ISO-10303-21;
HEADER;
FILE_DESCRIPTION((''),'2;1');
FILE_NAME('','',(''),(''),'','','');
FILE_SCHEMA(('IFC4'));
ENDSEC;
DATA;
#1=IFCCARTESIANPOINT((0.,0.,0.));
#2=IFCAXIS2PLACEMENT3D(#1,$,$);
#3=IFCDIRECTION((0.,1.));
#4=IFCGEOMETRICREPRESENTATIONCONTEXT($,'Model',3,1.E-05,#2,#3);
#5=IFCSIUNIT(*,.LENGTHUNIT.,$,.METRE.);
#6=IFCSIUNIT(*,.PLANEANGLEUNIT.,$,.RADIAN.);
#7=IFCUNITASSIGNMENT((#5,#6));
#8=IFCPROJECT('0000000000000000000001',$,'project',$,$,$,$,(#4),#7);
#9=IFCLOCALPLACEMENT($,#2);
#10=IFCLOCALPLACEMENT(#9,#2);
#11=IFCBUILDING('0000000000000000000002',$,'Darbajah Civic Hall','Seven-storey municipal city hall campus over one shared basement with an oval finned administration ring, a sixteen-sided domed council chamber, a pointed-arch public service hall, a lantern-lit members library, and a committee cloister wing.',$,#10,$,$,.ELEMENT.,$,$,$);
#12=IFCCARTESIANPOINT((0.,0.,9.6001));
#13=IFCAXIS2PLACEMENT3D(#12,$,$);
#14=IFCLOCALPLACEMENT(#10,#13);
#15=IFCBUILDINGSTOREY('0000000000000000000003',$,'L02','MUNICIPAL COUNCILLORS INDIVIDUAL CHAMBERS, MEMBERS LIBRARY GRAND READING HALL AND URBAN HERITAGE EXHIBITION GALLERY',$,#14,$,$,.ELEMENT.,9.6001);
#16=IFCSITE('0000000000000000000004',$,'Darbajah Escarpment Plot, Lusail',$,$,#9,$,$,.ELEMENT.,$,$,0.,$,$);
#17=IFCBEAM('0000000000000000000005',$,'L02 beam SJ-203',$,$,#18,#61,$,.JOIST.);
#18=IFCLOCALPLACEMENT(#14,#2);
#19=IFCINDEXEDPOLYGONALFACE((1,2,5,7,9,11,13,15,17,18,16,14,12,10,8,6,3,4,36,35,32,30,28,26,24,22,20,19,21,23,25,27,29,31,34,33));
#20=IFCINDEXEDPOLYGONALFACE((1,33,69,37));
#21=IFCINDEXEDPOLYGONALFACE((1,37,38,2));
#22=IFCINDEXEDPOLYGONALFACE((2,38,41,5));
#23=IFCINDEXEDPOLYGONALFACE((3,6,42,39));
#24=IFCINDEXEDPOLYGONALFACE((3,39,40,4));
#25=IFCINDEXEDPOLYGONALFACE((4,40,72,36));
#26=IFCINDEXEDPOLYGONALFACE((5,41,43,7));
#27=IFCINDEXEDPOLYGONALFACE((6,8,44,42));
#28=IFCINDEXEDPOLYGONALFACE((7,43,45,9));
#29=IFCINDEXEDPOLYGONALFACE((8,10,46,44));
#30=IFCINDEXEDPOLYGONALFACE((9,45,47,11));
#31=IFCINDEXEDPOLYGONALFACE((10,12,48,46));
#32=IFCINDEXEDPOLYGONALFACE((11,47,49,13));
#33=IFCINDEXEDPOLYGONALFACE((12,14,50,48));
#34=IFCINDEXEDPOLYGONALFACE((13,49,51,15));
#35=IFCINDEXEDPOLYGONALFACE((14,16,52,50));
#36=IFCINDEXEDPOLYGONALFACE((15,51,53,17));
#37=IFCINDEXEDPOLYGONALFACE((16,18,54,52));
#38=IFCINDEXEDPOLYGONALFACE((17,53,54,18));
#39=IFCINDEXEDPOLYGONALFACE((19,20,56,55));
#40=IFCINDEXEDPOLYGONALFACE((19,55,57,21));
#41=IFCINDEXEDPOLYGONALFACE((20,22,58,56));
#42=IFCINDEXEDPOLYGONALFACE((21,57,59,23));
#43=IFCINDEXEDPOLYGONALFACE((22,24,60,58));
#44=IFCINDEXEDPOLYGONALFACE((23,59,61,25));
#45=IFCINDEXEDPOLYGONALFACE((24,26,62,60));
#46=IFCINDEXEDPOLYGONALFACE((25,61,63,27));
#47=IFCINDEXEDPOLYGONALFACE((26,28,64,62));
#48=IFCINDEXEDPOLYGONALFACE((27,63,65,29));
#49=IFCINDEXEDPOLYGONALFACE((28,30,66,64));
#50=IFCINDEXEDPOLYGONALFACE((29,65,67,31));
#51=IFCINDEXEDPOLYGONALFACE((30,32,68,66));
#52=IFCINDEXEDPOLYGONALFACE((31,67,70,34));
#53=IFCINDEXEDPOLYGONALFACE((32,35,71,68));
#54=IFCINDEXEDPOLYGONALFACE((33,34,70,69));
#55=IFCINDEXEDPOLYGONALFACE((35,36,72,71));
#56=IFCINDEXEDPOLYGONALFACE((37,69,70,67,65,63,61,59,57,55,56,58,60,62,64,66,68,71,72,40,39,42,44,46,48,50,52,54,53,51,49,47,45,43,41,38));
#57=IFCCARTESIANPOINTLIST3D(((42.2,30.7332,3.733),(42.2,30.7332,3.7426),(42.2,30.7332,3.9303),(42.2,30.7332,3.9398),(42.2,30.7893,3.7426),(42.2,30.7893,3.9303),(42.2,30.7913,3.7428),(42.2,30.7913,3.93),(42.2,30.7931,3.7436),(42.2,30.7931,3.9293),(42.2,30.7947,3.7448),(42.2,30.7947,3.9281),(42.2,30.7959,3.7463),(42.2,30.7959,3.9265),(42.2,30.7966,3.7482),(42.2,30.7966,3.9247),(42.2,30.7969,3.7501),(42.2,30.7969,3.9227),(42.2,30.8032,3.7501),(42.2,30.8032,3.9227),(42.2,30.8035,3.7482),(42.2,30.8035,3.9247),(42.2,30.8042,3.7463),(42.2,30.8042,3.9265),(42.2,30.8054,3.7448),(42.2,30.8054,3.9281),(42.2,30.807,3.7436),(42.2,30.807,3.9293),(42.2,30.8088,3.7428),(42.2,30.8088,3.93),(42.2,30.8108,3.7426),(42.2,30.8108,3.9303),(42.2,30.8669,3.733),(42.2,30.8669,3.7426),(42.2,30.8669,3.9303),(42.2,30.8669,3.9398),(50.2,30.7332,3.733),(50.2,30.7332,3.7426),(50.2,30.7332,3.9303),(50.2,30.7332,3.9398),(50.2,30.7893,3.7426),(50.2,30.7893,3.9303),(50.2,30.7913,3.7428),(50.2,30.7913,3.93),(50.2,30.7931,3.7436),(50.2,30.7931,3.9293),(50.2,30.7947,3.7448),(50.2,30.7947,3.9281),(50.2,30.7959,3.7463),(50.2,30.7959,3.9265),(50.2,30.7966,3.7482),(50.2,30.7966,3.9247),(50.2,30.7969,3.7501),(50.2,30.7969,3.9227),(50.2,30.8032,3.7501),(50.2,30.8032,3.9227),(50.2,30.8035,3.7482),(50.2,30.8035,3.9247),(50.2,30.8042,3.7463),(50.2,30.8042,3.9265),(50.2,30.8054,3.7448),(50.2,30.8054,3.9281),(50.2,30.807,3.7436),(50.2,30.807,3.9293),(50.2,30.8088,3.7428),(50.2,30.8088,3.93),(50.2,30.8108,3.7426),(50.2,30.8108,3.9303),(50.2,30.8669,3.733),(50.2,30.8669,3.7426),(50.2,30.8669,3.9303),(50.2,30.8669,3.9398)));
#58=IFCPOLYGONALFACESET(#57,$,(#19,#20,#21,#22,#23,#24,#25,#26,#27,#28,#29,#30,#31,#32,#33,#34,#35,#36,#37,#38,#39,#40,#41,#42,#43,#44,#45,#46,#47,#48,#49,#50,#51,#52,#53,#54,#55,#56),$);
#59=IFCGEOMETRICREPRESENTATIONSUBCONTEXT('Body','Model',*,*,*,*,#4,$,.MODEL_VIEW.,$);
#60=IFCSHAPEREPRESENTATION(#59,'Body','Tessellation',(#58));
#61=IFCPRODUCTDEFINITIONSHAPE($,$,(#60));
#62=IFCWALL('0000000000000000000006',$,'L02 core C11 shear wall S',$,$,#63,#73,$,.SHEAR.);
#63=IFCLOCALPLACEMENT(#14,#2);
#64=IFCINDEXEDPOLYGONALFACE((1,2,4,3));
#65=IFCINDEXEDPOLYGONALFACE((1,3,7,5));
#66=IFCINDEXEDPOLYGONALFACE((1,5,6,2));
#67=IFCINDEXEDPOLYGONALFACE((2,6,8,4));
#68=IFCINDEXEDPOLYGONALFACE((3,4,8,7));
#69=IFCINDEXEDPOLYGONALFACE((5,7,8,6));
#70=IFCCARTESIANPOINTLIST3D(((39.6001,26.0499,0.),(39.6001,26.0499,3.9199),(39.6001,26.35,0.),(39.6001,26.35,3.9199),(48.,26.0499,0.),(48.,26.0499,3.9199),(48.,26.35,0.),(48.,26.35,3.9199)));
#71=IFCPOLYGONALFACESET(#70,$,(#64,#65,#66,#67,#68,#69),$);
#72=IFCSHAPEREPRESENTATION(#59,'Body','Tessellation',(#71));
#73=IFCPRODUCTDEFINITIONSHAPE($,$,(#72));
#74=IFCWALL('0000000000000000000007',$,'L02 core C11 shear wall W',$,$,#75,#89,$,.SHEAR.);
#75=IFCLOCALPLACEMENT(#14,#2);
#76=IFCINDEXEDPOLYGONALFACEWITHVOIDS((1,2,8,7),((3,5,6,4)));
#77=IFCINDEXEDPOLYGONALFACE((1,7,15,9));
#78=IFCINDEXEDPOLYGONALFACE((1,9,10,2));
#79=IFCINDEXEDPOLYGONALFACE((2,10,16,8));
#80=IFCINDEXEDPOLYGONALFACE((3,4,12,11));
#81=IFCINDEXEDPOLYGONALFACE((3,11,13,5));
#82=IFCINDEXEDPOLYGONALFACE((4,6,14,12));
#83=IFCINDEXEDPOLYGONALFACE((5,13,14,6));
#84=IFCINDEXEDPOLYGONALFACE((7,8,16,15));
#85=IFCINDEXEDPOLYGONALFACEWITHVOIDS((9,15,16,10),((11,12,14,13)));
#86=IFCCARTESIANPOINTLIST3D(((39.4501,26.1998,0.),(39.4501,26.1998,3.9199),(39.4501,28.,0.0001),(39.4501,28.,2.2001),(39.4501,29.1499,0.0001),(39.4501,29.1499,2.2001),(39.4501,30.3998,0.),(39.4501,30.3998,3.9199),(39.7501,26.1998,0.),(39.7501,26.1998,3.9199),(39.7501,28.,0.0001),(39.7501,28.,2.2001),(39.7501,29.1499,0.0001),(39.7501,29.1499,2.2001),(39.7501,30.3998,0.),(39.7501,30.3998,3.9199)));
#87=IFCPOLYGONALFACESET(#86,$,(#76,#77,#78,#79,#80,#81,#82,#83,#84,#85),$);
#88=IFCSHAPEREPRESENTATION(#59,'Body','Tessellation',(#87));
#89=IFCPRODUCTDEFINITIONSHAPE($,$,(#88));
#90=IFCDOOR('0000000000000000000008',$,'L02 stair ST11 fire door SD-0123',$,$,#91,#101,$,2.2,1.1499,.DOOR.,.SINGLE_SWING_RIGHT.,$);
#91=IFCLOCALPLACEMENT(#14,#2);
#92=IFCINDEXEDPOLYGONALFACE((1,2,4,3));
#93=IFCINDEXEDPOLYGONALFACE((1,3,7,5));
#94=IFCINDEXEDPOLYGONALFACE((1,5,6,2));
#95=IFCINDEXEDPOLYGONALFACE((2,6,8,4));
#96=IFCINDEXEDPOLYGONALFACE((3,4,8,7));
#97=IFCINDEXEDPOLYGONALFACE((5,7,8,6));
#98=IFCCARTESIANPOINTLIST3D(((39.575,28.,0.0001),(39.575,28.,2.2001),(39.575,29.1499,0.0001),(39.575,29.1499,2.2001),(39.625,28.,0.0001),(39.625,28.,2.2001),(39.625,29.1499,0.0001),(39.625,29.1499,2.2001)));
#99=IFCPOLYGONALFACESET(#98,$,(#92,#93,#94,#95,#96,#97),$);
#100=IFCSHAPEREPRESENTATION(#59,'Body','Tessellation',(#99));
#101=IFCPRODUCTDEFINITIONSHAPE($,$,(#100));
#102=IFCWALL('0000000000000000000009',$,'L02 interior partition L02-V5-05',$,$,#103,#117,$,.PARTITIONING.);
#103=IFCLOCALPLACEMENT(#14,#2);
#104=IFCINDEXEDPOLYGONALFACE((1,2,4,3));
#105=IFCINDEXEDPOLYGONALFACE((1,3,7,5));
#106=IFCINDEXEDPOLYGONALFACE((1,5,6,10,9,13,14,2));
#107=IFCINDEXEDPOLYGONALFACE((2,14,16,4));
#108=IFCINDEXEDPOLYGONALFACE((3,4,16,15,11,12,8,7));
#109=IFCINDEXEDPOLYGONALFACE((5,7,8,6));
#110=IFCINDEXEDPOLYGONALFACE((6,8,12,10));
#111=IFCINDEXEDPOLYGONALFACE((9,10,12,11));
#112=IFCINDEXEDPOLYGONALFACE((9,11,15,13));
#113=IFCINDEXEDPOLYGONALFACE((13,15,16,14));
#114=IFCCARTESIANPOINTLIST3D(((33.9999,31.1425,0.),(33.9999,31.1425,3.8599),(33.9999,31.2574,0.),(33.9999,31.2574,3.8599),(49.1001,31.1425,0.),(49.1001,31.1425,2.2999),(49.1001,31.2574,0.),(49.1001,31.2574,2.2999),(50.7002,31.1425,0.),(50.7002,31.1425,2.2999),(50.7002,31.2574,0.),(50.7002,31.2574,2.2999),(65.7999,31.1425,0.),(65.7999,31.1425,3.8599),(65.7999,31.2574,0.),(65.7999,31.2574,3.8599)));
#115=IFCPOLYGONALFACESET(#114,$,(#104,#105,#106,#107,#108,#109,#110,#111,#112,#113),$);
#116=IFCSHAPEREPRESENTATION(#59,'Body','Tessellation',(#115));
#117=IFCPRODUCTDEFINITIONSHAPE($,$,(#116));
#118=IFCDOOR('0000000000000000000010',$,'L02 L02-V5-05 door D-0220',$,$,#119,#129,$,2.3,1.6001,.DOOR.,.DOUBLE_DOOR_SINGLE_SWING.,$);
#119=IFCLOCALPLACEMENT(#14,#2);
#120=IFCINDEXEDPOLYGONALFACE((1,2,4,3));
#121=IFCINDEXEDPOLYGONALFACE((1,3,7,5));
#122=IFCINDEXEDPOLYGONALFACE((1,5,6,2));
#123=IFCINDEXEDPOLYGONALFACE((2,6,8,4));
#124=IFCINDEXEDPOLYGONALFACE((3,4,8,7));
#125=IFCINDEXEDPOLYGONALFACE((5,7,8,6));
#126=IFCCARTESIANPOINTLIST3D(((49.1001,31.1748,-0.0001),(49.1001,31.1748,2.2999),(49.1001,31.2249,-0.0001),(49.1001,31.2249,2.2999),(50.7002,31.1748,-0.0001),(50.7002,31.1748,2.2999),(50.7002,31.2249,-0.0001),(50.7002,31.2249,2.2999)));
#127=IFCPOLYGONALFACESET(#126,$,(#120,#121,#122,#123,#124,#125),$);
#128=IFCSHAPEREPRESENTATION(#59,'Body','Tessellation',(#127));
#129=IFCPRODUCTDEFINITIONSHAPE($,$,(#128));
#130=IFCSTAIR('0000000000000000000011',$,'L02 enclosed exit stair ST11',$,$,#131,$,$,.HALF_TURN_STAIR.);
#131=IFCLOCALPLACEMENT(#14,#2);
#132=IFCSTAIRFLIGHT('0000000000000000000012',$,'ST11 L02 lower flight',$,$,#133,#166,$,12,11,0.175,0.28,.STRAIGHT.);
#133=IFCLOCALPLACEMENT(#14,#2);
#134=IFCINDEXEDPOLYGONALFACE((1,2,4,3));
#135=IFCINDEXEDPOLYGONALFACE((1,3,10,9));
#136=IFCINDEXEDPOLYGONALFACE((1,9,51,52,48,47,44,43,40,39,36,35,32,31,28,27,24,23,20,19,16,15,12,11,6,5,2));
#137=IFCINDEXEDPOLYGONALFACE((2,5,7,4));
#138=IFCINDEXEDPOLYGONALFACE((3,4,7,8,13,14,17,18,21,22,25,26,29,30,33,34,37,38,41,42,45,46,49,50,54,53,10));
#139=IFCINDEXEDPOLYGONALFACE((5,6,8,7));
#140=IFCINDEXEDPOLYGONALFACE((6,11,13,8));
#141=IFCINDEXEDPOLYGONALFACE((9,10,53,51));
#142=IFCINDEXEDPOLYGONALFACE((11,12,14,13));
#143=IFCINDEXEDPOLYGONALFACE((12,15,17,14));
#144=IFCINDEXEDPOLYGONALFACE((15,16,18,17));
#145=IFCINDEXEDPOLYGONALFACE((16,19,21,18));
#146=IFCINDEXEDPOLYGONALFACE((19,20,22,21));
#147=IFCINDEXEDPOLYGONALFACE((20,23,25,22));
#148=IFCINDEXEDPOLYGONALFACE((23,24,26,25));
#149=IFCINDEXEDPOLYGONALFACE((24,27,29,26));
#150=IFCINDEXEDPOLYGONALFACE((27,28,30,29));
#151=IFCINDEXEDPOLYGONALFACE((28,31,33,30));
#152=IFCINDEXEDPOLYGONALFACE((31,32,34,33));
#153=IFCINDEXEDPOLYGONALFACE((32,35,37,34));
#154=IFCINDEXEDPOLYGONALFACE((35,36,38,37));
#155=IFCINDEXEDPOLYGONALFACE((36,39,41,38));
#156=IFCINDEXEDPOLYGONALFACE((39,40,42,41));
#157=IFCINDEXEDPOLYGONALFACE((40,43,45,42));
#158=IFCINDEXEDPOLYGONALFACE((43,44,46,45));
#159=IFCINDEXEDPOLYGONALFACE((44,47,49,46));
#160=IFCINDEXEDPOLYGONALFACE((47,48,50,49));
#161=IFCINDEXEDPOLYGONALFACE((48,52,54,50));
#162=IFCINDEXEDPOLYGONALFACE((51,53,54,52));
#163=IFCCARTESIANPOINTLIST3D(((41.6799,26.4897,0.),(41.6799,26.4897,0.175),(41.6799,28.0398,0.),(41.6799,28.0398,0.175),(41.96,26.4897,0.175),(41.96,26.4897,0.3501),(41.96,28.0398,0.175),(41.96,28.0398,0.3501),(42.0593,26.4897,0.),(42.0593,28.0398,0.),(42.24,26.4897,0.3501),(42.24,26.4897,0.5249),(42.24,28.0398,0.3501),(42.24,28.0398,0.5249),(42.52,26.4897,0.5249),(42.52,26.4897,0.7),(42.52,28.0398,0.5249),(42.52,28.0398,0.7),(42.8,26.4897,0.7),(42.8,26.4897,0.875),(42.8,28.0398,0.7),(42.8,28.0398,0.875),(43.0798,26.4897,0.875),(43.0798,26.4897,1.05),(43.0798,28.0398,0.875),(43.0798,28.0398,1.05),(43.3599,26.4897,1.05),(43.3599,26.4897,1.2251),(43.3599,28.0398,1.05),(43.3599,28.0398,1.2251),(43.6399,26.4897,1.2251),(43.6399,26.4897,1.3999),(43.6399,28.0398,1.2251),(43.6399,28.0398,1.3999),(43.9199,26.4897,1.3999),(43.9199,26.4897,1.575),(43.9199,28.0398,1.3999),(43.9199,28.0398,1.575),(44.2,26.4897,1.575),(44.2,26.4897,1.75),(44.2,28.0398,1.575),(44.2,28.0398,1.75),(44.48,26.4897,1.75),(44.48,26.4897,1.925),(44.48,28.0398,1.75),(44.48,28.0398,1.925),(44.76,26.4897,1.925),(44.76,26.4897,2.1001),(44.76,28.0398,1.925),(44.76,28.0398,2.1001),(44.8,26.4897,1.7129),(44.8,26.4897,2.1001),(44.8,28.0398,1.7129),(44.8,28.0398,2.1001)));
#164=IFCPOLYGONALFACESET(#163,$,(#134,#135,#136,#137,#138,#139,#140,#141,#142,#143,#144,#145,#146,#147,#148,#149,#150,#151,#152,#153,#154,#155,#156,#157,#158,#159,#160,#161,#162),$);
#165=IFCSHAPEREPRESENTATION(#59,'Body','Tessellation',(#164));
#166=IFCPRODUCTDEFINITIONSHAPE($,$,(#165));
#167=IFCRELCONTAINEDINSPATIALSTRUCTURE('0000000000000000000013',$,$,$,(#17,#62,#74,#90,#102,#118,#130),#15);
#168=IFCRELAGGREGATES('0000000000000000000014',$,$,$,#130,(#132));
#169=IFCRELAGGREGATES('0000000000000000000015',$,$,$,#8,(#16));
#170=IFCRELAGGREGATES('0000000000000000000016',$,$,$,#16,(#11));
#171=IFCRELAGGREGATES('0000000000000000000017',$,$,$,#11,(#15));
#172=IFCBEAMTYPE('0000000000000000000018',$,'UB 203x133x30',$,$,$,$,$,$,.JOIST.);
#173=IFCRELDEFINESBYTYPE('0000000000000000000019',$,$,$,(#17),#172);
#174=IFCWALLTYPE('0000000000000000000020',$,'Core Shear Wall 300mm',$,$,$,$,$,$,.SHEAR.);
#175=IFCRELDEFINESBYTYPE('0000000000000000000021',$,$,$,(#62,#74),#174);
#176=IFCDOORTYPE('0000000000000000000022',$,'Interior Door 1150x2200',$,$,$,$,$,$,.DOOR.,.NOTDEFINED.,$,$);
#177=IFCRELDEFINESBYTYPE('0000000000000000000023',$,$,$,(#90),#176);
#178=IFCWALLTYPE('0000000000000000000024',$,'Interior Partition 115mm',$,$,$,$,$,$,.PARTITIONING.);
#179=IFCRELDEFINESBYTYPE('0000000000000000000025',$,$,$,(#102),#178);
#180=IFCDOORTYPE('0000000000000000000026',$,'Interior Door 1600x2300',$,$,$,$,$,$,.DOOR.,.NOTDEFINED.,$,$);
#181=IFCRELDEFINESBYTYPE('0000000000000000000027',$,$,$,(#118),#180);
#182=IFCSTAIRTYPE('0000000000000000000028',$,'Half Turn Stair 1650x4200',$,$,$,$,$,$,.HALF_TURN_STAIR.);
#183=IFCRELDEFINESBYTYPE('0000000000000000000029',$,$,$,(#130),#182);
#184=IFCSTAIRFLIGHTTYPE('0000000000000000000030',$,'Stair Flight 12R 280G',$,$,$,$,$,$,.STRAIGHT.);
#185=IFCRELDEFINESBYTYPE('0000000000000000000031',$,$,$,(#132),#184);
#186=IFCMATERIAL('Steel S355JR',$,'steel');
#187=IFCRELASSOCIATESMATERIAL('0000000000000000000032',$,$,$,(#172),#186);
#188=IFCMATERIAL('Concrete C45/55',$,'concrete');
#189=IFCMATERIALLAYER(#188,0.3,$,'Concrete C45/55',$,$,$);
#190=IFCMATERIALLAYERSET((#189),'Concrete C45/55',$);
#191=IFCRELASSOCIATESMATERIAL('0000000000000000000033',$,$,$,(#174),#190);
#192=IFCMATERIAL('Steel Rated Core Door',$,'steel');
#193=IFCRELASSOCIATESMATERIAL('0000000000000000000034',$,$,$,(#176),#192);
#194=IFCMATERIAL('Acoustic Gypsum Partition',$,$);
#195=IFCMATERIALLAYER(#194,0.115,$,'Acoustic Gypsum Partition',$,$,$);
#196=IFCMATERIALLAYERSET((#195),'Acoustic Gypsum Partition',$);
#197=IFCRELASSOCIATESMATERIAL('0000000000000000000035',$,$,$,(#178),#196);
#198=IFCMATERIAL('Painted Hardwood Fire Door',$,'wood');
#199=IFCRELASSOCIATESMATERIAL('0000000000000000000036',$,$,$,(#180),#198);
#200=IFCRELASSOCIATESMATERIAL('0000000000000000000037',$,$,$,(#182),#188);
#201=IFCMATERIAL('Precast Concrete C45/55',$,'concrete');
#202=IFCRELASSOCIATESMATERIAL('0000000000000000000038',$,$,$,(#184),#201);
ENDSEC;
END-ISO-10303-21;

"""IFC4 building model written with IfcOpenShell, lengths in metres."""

from ifc_helpers import new_model, si_unit, direction, frame, frame_2d, origin, origin_2d, place, context, subcontext, project, spatial, polyline, rectangle, i_section, outline, extrude, material, layer, layer_set, material_profile, profile_set, type_object, element, fill, aggregate, save


model = new_model("IFC4")

# Units and contexts
model_context = context("Model", 3, precision=1e-05, world=origin(), true_north=direction((0.0, 1.0)))
body_context = subcontext(model_context, "Body", "Model", "MODEL_VIEW")
ifc_project = project(units=[si_unit("LENGTHUNIT", "METRE"), si_unit("PLANEANGLEUNIT", "RADIAN")], contexts=[model_context])

# Site, building, storey
site_placement = place(None, origin())
site = spatial("IfcSite", under=ifc_project, at=site_placement, Name="Darbajah Escarpment Plot, Lusail", CompositionType="ELEMENT", RefElevation=0.0)
building_placement = place(site_placement, origin())
building = spatial("IfcBuilding", under=site, at=building_placement, Name="Darbajah Civic Hall", Description="Seven-storey municipal city hall campus over one shared basement with an oval finned administration ring, a sixteen-sided domed council chamber, a pointed-arch public service hall, a lantern-lit members library, and a committee cloister wing.", CompositionType="ELEMENT")
storey_placement = place(building_placement, frame((0.0, 0.0, 9.6001)))
storey = spatial("IfcBuildingStorey", under=building, at=storey_placement, Name="L02", Description="MUNICIPAL COUNCILLORS INDIVIDUAL CHAMBERS, MEMBERS LIBRARY GRAND READING HALL AND URBAN HERITAGE EXHIBITION GALLERY", CompositionType="ELEMENT", Elevation=9.6001)

# Shared definitions
ifc_material_1 = material(Name="Concrete C45/55", Category="concrete")

# Beam
ifc_material_2 = material(Name="Steel S355JR", Category="steel")
ifc_material_profile_1 = material_profile(ifc_material_2, i_section(OverallWidth=0.1338, OverallDepth=0.2068, WebThickness=0.0063, FlangeThickness=0.0095, FilletRadius=0.0076, at=origin_2d()), Name="UB 203x133x30")
ifc_profile_set_1 = profile_set([ifc_material_profile_1], Name="Steel S355JR")
beam_type_1 = type_object("IfcBeamType", Name="UB 203x133x30", PredefinedType="JOIST", material=ifc_profile_set_1)
for number, where, z_axis, x_axis, name in (
    (1, (42.2, 30.8, 3.8364), (1.0, 0.0, 0.0), (0.0, 1.0, 0.0), "L02 beam SJ-203"),
):
    element("IfcBeam", number, at=place(storey_placement, frame(where, z_axis=z_axis, x_axis=x_axis)), inside=storey, type_object=beam_type_1, Name=name, PredefinedType="JOIST", context=body_context, shape_type="SweptSolid", body=[
        extrude(i_section(OverallWidth=0.1338, OverallDepth=0.2068, WebThickness=0.0063, FlangeThickness=0.0095, FilletRadius=0.0076, at=origin_2d()), origin(), (0.0, 0.0, 1.0), 8.0),
    ])

# Wall
ifc_layer_1 = layer(ifc_material_1, 0.3, Name="Concrete C45/55")
ifc_layer_set_1 = layer_set([ifc_layer_1], Name="Concrete C45/55")
wall_type_1 = type_object("IfcWallType", Name="Core Shear Wall 300mm", PredefinedType="SHEAR", material=ifc_layer_set_1)
wall_1_placement = place(storey_placement, frame((39.6001, 26.2, 0.0), z_axis=(0.0, 0.0, 1.0), x_axis=(1.0, 0.0, 0.0)))
element("IfcWall", 2, at=wall_1_placement, inside=storey, type_object=wall_type_1, Name="L02 core C11 shear wall S", PredefinedType="SHEAR", context=body_context, shape_type="SweptSolid", body=[
    extrude(rectangle(XDim=8.3999, YDim=0.3, at=frame_2d((4.2, 0.0))), origin(), (0.0, 0.0, 1.0), 3.9199),
])

# Walls, openings, doors
wall_2_placement = place(storey_placement, frame((39.6001, 30.3999, 0.0), z_axis=(0.0, 0.0, 1.0), x_axis=(0.0, -1.0, 0.0)))
wall_2 = element("IfcWall", 3, at=wall_2_placement, inside=storey, type_object=wall_type_1, Name="L02 core C11 shear wall W", PredefinedType="SHEAR", context=body_context, shape_type="SweptSolid", body=[
    extrude(rectangle(XDim=4.2, YDim=0.3, at=frame_2d((2.1001, 0.0))), origin(), (0.0, 0.0, 1.0), 3.9199),
])
opening_1_placement = place(wall_2_placement, frame((1.25, 0.0, 0.0)))
opening_1 = element("IfcOpeningElement", 4, at=opening_1_placement, cuts=wall_2, PredefinedType="OPENING", context=body_context, shape_type="SweptSolid", body=[
    extrude(rectangle(XDim=1.1499, YDim=2.2, at=frame_2d((0.575, 1.1001))), frame((0.0, 0.1599, 0.0), z_axis=(0.0, -1.0, 0.0), x_axis=(1.0, 0.0, 0.0)), (0.0, 0.0, 1.0), 0.3201),
])
ifc_material_3 = material(Name="Steel Rated Core Door", Category="steel")
door_type_1 = type_object("IfcDoorType", Name="Interior Door 1150x2200", OperationType="NOTDEFINED", PredefinedType="DOOR", material=ifc_material_3)
door_1_placement = place(opening_1_placement, origin())
door_1 = element("IfcDoor", 5, at=door_1_placement, inside=storey, type_object=door_type_1, Name="L02 stair ST11 fire door SD-0123", OperationType="SINGLE_SWING_RIGHT", OverallHeight=2.2, OverallWidth=1.1499, PredefinedType="DOOR", context=body_context, shape_type="SweptSolid", body=[
    extrude(rectangle(XDim=1.1499, YDim=2.2, at=frame_2d((0.575, 1.1001))), frame((0.0, 0.0249, 0.0), z_axis=(0.0, -1.0, 0.0), x_axis=(1.0, 0.0, 0.0)), (0.0, 0.0, 1.0), 0.05),
])
fill(opening_1, door_1)
ifc_material_4 = material(Name="Acoustic Gypsum Partition")
ifc_layer_2 = layer(ifc_material_4, 0.115, Name="Acoustic Gypsum Partition")
ifc_layer_set_2 = layer_set([ifc_layer_2], Name="Acoustic Gypsum Partition")
wall_type_2 = type_object("IfcWallType", Name="Interior Partition 115mm", PredefinedType="PARTITIONING", material=ifc_layer_set_2)
wall_3_placement = place(storey_placement, frame((34.0, 31.2, 0.0), z_axis=(0.0, 0.0, 1.0), x_axis=(1.0, 0.0, 0.0)))
wall_3 = element("IfcWall", 6, at=wall_3_placement, inside=storey, type_object=wall_type_2, Name="L02 interior partition L02-V5-05", PredefinedType="PARTITIONING", context=body_context, shape_type="SweptSolid", body=[
    extrude(rectangle(XDim=31.8, YDim=0.115, at=frame_2d((15.8999, 0.0))), origin(), (0.0, 0.0, 1.0), 3.8599),
])
opening_2_placement = place(wall_3_placement, frame((15.1001, 0.0, 0.0)))
opening_2 = element("IfcOpeningElement", 7, at=opening_2_placement, cuts=wall_3, PredefinedType="OPENING", context=body_context, shape_type="SweptSolid", body=[
    extrude(rectangle(XDim=1.6001, YDim=2.3, at=frame_2d((0.8, 1.1499))), frame((0.0, 0.0674, 0.0), z_axis=(0.0, -1.0, 0.0), x_axis=(1.0, 0.0, 0.0)), (0.0, 0.0, 1.0), 0.135),
])
ifc_material_5 = material(Name="Painted Hardwood Fire Door", Category="wood")
door_type_2 = type_object("IfcDoorType", Name="Interior Door 1600x2300", OperationType="NOTDEFINED", PredefinedType="DOOR", material=ifc_material_5)
door_2_placement = place(opening_2_placement, origin())
door_2 = element("IfcDoor", 8, at=door_2_placement, inside=storey, type_object=door_type_2, Name="L02 L02-V5-05 door D-0220", OperationType="DOUBLE_DOOR_SINGLE_SWING", OverallHeight=2.3, OverallWidth=1.6001, PredefinedType="DOOR", context=body_context, shape_type="SweptSolid", body=[
    extrude(rectangle(XDim=1.6001, YDim=2.3, at=frame_2d((0.8, 1.1499))), frame((0.0, 0.0249, 0.0), z_axis=(0.0, -1.0, 0.0), x_axis=(1.0, 0.0, 0.0)), (0.0, 0.0, 1.0), 0.05),
])
fill(opening_2, door_2)

# Stair, stair flight
stair_type = type_object("IfcStairType", Name="Half Turn Stair 1650x4200", PredefinedType="HALF_TURN_STAIR", material=ifc_material_1)
stair_placement = place(storey_placement, origin())
stair = element("IfcStair", 9, at=stair_placement, inside=storey, type_object=stair_type, Name="L02 enclosed exit stair ST11", PredefinedType="HALF_TURN_STAIR")
ifc_material_6 = material(Name="Precast Concrete C45/55", Category="concrete")
stair_flight_type = type_object("IfcStairFlightType", Name="Stair Flight 12R 280G", PredefinedType="STRAIGHT", material=ifc_material_6)
stair_flight_placement = place(storey_placement, frame((41.6799, 27.2649, 0.0), z_axis=(0.0, 0.0, 1.0), x_axis=(1.0, 0.0, 0.0)))
stair_flight = element("IfcStairFlight", 10, at=stair_flight_placement, type_object=stair_flight_type, Name="ST11 L02 lower flight", NumberOfRisers=12, NumberOfTreads=11, PredefinedType="STRAIGHT", RiserHeight=0.175, TreadLength=0.28, context=body_context, shape_type="SweptSolid", body=[
    extrude(outline(polyline([(0.0, 0.0), (0.0, 0.175), (0.28, 0.175), (0.28, 0.3501), (0.5601, 0.3501), (0.5601, 0.5249), (0.8401, 0.5249), (0.8401, 0.7), (1.1201, 0.7), (1.1201, 0.875), (1.3999, 0.875), (1.3999, 1.05), (1.6799, 1.05), (1.6799, 1.2251), (1.96, 1.2251), (1.96, 1.3999), (2.24, 1.3999), (2.24, 1.575), (2.52, 1.575), (2.52, 1.75), (2.8, 1.75), (2.8, 1.925), (3.0801, 1.925), (3.0801, 2.1001), (3.1201, 2.1001), (3.1201, 1.7129), (0.3794, 0.0), (0.0, 0.0)])), frame((0.0, 0.7749, 0.0), z_axis=(0.0, -1.0, 0.0), x_axis=(1.0, 0.0, 0.0)), (0.0, 0.0, 1.0), 1.55),
])
aggregate(stair, [stair_flight])

save(model, "model.ifc")
